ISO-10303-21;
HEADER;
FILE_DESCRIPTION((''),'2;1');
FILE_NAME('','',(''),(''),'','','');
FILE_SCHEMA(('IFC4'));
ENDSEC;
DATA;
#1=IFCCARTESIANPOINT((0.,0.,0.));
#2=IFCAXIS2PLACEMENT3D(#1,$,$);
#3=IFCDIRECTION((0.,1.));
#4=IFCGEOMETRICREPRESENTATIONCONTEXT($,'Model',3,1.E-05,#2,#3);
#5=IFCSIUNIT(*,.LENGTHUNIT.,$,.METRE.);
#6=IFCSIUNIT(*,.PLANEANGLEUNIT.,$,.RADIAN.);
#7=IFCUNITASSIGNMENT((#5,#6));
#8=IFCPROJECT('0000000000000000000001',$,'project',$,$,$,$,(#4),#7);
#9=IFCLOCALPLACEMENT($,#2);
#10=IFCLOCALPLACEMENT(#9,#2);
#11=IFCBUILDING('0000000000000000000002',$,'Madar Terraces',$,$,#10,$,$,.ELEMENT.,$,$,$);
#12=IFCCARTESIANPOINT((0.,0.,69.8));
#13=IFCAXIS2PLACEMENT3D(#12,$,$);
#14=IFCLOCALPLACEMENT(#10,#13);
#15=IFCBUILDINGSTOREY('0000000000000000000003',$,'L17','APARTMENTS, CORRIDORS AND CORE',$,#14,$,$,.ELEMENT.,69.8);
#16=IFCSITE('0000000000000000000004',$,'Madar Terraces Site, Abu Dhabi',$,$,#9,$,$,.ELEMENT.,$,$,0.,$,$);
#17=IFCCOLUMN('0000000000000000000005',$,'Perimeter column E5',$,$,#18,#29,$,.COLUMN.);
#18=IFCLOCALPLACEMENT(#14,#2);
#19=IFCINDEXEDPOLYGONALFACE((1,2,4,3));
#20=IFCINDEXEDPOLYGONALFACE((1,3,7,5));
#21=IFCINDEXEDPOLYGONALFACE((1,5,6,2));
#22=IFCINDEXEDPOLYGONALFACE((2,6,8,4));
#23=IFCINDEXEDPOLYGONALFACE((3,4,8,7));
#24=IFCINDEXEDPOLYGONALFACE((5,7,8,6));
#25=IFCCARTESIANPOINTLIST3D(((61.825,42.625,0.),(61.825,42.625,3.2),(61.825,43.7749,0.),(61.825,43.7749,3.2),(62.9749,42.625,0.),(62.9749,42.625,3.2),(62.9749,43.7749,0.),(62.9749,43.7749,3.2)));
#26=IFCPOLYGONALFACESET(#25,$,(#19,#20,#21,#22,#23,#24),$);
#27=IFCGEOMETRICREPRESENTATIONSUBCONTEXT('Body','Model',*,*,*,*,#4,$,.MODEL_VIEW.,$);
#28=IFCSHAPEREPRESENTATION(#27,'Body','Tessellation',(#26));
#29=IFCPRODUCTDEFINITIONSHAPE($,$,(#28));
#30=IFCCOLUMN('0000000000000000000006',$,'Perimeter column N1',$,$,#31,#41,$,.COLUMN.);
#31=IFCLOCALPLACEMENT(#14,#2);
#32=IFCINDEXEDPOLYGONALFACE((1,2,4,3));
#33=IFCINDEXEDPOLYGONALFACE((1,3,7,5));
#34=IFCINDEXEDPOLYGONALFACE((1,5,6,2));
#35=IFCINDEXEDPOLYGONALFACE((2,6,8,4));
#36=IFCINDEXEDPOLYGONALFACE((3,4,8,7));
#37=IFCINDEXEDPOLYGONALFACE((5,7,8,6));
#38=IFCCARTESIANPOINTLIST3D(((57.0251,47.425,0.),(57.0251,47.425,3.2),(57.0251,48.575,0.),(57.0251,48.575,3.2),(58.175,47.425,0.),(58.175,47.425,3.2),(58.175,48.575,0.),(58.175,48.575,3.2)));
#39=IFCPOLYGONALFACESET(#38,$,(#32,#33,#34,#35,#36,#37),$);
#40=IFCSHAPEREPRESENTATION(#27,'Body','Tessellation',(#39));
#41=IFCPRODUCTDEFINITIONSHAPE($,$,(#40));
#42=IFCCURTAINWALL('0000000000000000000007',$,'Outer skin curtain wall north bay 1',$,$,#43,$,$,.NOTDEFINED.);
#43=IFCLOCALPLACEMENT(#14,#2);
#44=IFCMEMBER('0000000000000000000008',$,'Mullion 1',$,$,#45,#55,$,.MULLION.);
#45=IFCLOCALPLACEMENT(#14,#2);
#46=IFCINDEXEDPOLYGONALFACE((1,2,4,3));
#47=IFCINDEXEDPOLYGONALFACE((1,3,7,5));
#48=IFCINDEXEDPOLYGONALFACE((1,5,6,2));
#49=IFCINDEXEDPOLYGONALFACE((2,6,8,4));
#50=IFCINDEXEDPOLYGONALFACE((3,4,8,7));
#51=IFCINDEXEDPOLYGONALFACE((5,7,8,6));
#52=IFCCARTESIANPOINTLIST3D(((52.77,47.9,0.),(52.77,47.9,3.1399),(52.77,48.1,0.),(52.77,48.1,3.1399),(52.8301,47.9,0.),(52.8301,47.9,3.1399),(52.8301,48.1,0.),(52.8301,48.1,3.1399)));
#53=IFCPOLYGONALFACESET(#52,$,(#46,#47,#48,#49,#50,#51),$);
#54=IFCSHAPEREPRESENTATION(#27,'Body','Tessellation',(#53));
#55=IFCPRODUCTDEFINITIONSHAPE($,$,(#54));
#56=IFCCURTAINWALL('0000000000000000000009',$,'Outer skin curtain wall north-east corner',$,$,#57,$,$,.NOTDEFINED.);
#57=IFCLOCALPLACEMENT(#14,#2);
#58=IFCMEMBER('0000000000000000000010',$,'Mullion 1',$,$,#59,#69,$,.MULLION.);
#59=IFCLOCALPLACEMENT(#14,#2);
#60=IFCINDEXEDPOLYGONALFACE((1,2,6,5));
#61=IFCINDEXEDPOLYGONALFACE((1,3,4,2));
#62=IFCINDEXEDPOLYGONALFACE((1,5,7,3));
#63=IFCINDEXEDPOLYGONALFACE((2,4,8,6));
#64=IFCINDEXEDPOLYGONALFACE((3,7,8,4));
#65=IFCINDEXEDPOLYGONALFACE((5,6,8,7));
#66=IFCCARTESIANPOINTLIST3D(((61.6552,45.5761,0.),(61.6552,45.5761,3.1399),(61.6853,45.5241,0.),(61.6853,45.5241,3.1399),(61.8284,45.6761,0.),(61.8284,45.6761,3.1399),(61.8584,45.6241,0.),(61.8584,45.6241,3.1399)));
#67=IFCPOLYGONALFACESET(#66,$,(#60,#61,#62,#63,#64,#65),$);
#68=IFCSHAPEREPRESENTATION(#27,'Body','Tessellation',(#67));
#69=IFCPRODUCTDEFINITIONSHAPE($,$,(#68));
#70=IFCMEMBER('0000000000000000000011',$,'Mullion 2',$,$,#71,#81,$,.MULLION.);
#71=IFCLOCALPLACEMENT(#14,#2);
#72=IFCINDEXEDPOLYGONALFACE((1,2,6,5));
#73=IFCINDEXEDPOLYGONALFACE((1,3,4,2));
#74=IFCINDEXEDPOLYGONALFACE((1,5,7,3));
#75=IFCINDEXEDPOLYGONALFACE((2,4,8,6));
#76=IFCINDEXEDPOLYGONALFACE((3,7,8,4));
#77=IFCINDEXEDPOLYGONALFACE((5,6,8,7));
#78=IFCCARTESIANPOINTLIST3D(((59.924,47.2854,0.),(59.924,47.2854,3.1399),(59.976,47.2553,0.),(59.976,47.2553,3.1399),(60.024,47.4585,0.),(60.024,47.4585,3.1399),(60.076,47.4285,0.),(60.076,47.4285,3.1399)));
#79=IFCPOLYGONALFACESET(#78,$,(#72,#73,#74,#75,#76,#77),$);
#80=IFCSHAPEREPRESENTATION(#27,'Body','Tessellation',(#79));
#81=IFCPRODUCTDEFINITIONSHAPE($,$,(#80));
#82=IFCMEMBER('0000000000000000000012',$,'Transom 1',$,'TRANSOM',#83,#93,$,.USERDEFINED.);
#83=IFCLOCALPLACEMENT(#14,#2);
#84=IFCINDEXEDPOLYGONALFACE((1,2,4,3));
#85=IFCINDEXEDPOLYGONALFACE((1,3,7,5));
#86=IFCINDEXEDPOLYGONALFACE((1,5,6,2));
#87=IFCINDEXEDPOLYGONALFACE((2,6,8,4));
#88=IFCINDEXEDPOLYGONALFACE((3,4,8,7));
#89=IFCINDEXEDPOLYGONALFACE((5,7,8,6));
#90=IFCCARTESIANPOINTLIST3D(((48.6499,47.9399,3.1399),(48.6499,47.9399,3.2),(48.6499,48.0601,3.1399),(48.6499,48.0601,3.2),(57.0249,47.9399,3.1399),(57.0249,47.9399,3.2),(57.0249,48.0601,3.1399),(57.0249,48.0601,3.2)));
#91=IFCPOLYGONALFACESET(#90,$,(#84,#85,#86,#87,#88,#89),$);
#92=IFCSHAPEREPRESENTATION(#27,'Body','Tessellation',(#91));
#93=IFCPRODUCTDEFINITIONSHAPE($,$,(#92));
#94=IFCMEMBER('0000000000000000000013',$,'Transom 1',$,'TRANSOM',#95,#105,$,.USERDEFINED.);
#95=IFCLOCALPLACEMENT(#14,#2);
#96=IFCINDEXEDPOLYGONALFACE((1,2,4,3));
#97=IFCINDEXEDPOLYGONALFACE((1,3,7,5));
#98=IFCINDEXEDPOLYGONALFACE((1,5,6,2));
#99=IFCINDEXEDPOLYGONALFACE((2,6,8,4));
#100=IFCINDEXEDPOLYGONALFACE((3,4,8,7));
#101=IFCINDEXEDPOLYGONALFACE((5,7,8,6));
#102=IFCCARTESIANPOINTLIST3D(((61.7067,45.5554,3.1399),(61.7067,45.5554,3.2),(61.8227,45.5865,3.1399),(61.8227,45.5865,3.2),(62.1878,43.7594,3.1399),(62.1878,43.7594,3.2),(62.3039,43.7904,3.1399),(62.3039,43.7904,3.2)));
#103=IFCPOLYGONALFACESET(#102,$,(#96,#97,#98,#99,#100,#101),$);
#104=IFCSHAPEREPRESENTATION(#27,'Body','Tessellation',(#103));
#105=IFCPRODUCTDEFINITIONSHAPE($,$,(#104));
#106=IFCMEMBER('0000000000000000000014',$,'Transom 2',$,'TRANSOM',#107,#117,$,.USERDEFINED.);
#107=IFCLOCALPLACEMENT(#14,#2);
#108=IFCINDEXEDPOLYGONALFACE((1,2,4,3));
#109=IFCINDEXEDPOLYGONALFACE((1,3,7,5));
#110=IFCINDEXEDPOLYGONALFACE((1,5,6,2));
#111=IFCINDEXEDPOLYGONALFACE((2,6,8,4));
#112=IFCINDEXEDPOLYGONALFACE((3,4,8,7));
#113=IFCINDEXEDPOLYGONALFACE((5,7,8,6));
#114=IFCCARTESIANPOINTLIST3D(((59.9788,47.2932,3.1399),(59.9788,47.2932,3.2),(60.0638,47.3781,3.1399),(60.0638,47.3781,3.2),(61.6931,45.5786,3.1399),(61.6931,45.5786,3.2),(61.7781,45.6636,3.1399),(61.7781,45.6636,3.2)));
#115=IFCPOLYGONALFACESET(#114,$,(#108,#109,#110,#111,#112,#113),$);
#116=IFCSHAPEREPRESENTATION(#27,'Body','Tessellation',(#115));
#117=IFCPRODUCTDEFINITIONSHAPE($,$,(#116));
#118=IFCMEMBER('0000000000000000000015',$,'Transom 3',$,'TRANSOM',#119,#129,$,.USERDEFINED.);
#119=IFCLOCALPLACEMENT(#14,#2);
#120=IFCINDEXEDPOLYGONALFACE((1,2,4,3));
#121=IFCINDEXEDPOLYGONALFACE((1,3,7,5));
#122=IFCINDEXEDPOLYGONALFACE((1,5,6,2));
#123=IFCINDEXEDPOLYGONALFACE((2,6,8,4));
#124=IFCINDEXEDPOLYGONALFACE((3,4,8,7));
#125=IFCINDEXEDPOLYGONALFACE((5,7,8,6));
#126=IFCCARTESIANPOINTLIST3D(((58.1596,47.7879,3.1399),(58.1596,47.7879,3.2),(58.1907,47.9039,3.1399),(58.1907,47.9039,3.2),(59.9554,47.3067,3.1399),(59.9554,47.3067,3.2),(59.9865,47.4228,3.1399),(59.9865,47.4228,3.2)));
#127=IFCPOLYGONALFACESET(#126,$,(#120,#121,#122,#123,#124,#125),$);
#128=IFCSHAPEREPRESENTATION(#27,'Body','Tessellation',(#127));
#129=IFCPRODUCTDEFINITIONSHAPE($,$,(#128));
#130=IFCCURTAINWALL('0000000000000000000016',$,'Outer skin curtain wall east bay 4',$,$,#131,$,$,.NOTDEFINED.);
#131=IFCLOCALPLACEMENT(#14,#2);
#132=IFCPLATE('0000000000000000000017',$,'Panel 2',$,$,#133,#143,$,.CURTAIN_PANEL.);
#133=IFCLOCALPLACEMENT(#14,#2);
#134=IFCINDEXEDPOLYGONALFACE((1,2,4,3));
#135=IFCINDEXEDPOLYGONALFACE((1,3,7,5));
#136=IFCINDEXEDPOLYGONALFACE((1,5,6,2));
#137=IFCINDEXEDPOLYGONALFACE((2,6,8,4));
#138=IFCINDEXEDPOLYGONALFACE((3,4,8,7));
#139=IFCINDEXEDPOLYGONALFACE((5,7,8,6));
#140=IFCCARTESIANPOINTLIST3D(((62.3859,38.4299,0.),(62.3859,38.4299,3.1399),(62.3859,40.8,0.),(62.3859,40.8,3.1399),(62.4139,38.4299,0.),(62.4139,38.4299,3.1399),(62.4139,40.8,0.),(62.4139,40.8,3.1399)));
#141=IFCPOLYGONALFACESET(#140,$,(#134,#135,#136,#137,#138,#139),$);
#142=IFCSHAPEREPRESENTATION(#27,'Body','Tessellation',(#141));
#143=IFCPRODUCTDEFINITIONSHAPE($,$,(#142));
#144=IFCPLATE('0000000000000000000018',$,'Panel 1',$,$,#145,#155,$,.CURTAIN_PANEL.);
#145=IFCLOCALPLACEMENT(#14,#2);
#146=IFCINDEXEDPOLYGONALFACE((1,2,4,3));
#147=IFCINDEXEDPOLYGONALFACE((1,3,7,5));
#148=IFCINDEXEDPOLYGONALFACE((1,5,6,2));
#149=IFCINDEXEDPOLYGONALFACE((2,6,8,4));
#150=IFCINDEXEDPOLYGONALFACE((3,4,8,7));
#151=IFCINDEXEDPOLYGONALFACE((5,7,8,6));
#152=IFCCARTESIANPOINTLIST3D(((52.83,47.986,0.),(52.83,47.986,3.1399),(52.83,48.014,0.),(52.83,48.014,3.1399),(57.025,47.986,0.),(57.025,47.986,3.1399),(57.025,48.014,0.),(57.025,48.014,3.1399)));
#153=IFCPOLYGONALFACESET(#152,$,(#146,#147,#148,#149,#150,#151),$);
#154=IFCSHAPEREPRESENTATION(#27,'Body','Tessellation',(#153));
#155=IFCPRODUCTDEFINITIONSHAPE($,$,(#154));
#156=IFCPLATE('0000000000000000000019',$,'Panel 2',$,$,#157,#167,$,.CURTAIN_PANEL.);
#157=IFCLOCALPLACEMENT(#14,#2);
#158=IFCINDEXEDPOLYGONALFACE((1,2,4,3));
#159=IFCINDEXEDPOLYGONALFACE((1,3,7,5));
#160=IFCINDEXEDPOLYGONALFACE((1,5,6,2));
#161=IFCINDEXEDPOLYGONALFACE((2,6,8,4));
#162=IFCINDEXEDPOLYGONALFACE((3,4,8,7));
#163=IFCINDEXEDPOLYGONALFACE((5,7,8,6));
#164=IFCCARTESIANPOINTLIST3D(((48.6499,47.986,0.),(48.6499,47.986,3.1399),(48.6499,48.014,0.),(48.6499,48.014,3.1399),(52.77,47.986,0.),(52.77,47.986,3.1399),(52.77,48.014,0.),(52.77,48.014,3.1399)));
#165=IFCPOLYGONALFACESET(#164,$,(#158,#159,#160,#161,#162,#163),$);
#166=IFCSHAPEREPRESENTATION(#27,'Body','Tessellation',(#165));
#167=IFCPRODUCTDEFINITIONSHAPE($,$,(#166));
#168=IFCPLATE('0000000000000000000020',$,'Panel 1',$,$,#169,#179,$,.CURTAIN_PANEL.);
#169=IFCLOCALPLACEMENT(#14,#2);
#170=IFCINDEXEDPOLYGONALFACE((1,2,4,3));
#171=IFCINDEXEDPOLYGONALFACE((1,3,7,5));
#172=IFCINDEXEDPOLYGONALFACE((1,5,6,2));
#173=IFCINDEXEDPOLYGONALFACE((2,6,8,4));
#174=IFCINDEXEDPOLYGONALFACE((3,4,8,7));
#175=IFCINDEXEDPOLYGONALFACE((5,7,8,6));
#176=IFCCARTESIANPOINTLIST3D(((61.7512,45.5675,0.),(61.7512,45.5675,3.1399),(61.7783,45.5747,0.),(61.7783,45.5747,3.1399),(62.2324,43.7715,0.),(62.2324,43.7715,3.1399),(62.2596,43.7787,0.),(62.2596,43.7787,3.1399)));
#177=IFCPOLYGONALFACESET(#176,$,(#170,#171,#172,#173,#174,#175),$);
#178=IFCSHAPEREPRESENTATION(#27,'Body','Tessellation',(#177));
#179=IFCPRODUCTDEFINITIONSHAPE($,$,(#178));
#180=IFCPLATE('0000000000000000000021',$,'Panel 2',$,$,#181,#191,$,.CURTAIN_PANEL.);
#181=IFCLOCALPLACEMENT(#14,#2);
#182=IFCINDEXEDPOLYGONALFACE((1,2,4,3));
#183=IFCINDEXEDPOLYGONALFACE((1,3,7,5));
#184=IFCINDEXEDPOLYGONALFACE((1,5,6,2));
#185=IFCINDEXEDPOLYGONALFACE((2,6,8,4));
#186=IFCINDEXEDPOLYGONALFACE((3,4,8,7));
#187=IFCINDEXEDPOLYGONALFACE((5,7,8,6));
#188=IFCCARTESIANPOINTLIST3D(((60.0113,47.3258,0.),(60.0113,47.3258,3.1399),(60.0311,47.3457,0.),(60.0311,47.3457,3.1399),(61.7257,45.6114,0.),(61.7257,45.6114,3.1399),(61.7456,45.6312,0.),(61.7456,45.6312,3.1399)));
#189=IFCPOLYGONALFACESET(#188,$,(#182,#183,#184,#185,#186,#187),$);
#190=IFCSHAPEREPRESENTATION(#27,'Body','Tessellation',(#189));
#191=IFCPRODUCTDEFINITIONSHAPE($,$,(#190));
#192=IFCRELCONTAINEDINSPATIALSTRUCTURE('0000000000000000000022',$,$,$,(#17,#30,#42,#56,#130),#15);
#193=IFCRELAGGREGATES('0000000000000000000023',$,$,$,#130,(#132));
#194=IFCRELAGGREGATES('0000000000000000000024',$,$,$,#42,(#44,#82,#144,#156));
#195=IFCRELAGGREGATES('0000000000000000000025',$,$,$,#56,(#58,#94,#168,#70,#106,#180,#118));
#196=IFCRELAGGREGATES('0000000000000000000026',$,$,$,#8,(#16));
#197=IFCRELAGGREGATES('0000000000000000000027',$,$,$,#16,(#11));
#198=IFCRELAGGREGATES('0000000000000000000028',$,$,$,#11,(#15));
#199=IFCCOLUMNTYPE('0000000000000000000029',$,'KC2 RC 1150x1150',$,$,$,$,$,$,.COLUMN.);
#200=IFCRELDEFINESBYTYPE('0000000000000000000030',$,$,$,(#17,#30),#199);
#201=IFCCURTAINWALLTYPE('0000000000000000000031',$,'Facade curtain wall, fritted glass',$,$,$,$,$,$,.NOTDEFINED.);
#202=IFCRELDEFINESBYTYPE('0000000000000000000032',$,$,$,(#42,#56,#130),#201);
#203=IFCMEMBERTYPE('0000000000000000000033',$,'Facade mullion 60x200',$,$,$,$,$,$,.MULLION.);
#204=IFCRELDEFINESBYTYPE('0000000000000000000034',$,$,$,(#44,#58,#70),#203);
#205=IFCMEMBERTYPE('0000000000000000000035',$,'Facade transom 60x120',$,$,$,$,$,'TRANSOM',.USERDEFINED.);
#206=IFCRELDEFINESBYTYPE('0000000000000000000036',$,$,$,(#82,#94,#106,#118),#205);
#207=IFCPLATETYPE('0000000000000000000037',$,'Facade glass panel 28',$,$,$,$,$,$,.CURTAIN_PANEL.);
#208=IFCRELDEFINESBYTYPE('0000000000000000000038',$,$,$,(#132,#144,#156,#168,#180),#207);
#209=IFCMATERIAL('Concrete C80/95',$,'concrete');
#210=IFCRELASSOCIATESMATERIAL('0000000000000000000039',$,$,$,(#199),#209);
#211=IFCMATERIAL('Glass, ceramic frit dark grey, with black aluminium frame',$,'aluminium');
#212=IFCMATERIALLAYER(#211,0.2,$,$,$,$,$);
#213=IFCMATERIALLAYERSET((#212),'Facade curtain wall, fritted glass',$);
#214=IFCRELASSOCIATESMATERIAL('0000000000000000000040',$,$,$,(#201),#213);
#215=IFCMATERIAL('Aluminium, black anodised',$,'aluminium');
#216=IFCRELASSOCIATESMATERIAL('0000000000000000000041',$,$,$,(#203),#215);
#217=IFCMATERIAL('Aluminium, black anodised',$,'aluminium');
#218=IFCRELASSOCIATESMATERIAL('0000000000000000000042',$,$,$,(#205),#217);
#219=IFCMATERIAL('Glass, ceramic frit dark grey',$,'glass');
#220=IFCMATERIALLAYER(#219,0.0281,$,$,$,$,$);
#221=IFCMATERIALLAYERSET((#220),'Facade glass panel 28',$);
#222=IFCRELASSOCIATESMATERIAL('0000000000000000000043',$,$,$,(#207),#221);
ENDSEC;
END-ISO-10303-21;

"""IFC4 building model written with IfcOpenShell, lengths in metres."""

from ifc_helpers import new_model, si_unit, direction, frame, origin, origin_2d, place, context, subcontext, project, spatial, rectangle, extrude, material, layer, layer_set, material_profile, profile_set, type_object, element, aggregate, save


model = new_model("IFC4")

# Units and contexts
model_context = context("Model", 3, precision=1e-05, world=origin(), true_north=direction((0.0, 1.0)))
body_context = subcontext(model_context, "Body", "Model", "MODEL_VIEW")
ifc_project = project(units=[si_unit("LENGTHUNIT", "METRE"), si_unit("PLANEANGLEUNIT", "RADIAN")], contexts=[model_context])

# Site, building, storey
site_placement = place(None, origin())
site = spatial("IfcSite", under=ifc_project, at=site_placement, Name="Madar Terraces Site, Abu Dhabi", CompositionType="ELEMENT", RefElevation=0.0)
building_placement = place(site_placement, origin())
building = spatial("IfcBuilding", under=site, at=building_placement, Name="Madar Terraces", CompositionType="ELEMENT")
storey_placement = place(building_placement, frame((0.0, 0.0, 69.8)))
storey = spatial("IfcBuildingStorey", under=building, at=storey_placement, Name="L17", Description="APARTMENTS, CORRIDORS AND CORE", CompositionType="ELEMENT", Elevation=69.8)

# Columns
ifc_material_1 = material(Name="Concrete C80/95", Category="concrete")
ifc_material_profile_1 = material_profile(ifc_material_1, rectangle(XDim=1.1499, YDim=1.1499, at=origin_2d()), Name="KC2 RC 1150x1150")
ifc_profile_set_1 = profile_set([ifc_material_profile_1], Name="Concrete C80/95")
column_type = type_object("IfcColumnType", Name="KC2 RC 1150x1150", PredefinedType="COLUMN", material=ifc_profile_set_1)
for number, where, z_axis, x_axis, name in (
    (1, (62.3999, 43.2, 0.0), (0.0, 0.0, 1.0), (1.0, 0.0, 0.0), "Perimeter column E5"),
    (2, (57.6001, 48.0, 0.0), (0.0, 0.0, 1.0), (1.0, 0.0, 0.0), "Perimeter column N1"),
):
    element("IfcColumn", number, at=place(storey_placement, frame(where, z_axis=z_axis, x_axis=x_axis)), inside=storey, type_object=column_type, Name=name, PredefinedType="COLUMN", context=body_context, shape_type="SweptSolid", body=[
        extrude(rectangle(XDim=1.1499, YDim=1.1499, at=origin_2d()), origin(), (0.0, 0.0, 1.0), 3.2),
    ])

# Curtain wall, member
ifc_material_2 = material(Name="Glass, ceramic frit dark grey, with black aluminium frame", Category="aluminium")
ifc_layer_1 = layer(ifc_material_2, 0.2)
ifc_layer_set_1 = layer_set([ifc_layer_1], Name="Facade curtain wall, fritted glass")
curtain_wall_type = type_object("IfcCurtainWallType", Name="Facade curtain wall, fritted glass", PredefinedType="NOTDEFINED", material=ifc_layer_set_1)
curtain_wall_1_placement = place(storey_placement, origin())
curtain_wall_1 = element("IfcCurtainWall", 3, at=curtain_wall_1_placement, inside=storey, type_object=curtain_wall_type, Name="Outer skin curtain wall north bay 1", PredefinedType="NOTDEFINED")
ifc_material_3 = material(Name="Aluminium, black anodised", Category="aluminium")
ifc_material_profile_2 = material_profile(ifc_material_3, rectangle(XDim=0.2, YDim=0.0601, at=origin_2d()), Name="Facade mullion 60x200")
ifc_profile_set_2 = profile_set([ifc_material_profile_2], Name="Aluminium, black anodised")
member_type_1 = type_object("IfcMemberType", Name="Facade mullion 60x200", PredefinedType="MULLION", material=ifc_profile_set_2)
member_1_placement = place(storey_placement, frame((52.8, 48.0, 0.0), z_axis=(0.0, 0.0, 1.0), x_axis=(0.0, -1.0, 0.0)))
member_1 = element("IfcMember", 4, at=member_1_placement, type_object=member_type_1, Name="Mullion 1", PredefinedType="MULLION", context=body_context, shape_type="SweptSolid", body=[
    extrude(rectangle(XDim=0.2, YDim=0.0601, at=origin_2d()), origin(), (0.0, 0.0, 1.0), 3.1399),
])

# Curtain wall, members
curtain_wall_2_placement = place(storey_placement, origin())
curtain_wall_2 = element("IfcCurtainWall", 5, at=curtain_wall_2_placement, inside=storey, type_object=curtain_wall_type, Name="Outer skin curtain wall north-east corner", PredefinedType="NOTDEFINED")
member_2_placement = place(storey_placement, frame((61.7568, 45.6001, 0.0), z_axis=(0.0, 0.0, 1.0), x_axis=(-0.866025, -0.5, 0.0)))
member_2 = element("IfcMember", 6, at=member_2_placement, type_object=member_type_1, Name="Mullion 1", PredefinedType="MULLION", context=body_context, shape_type="SweptSolid", body=[
    extrude(rectangle(XDim=0.2, YDim=0.0601, at=origin_2d()), origin(), (0.0, 0.0, 1.0), 3.1399),
])
member_3_placement = place(storey_placement, frame((60.0, 47.3569, 0.0), z_axis=(0.0, 0.0, 1.0), x_axis=(-0.5, -0.866025, 0.0)))
member_3 = element("IfcMember", 7, at=member_3_placement, type_object=member_type_1, Name="Mullion 2", PredefinedType="MULLION", context=body_context, shape_type="SweptSolid", body=[
    extrude(rectangle(XDim=0.2, YDim=0.0601, at=origin_2d()), origin(), (0.0, 0.0, 1.0), 3.1399),
])

# Members
ifc_material_4 = material(Name="Aluminium, black anodised", Category="aluminium")
ifc_material_profile_3 = material_profile(ifc_material_4, rectangle(XDim=0.1201, YDim=0.0601, at=origin_2d()), Name="Facade transom 60x120")
ifc_profile_set_3 = profile_set([ifc_material_profile_3], Name="Aluminium, black anodised")
member_type_2 = type_object("IfcMemberType", Name="Facade transom 60x120", ElementType="TRANSOM", PredefinedType="USERDEFINED", material=ifc_profile_set_3)
member_4_placement = place(storey_placement, frame((57.0249, 48.0, 3.1699), z_axis=(-1.0, 0.0, 0.0), x_axis=(0.0, -1.0, 0.0)))
member_4 = element("IfcMember", 8, at=member_4_placement, type_object=member_type_2, Name="Transom 1", ObjectType="TRANSOM", PredefinedType="USERDEFINED", context=body_context, shape_type="SweptSolid", body=[
    extrude(rectangle(XDim=0.1201, YDim=0.0601, at=origin_2d()), origin(), (0.0, 0.0, 1.0), 8.375),
])
member_5_placement = place(storey_placement, frame((62.2458, 43.7749, 3.1699), z_axis=(-0.258782, 0.965936, 0.0), x_axis=(-0.965936, -0.258782, 0.0)))
member_5 = element("IfcMember", 9, at=member_5_placement, type_object=member_type_2, Name="Transom 1", ObjectType="TRANSOM", PredefinedType="USERDEFINED", context=body_context, shape_type="SweptSolid", body=[
    extrude(rectangle(XDim=0.1201, YDim=0.0601, at=origin_2d()), origin(), (0.0, 0.0, 1.0), 1.8594),
])
member_6_placement = place(storey_placement, frame((61.7356, 45.6211, 3.1699), z_axis=(-0.707056, 0.707157, 0.0), x_axis=(-0.707157, -0.707056, 0.0)))
member_6 = element("IfcMember", 10, at=member_6_placement, type_object=member_type_2, Name="Transom 2", ObjectType="TRANSOM", PredefinedType="USERDEFINED", context=body_context, shape_type="SweptSolid", body=[
    extrude(rectangle(XDim=0.1201, YDim=0.0601, at=origin_2d()), origin(), (0.0, 0.0, 1.0), 2.4246),
])
member_7_placement = place(storey_placement, frame((59.9709, 47.3647, 3.1699), z_axis=(-0.965927, 0.258815, 0.0), x_axis=(-0.258815, -0.965927, 0.0)))
member_7 = element("IfcMember", 11, at=member_7_placement, type_object=member_type_2, Name="Transom 3", ObjectType="TRANSOM", PredefinedType="USERDEFINED", context=body_context, shape_type="SweptSolid", body=[
    extrude(rectangle(XDim=0.1201, YDim=0.0601, at=origin_2d()), origin(), (0.0, 0.0, 1.0), 1.8591),
])

# Curtain wall, plate
curtain_wall_3_placement = place(storey_placement, origin())
curtain_wall_3 = element("IfcCurtainWall", 12, at=curtain_wall_3_placement, inside=storey, type_object=curtain_wall_type, Name="Outer skin curtain wall east bay 4", PredefinedType="NOTDEFINED")
ifc_material_5 = material(Name="Glass, ceramic frit dark grey", Category="glass")
ifc_layer_2 = layer(ifc_material_5, 0.0281)
ifc_layer_set_2 = layer_set([ifc_layer_2], Name="Facade glass panel 28")
plate_type = type_object("IfcPlateType", Name="Facade glass panel 28", PredefinedType="CURTAIN_PANEL", material=ifc_layer_set_2)
plate_1_placement = place(storey_placement, frame((62.3999, 39.615, 0.0), z_axis=(0.0, 0.0, 1.0), x_axis=(0.0, 1.0, 0.0)))
plate_1 = element("IfcPlate", 13, at=plate_1_placement, type_object=plate_type, Name="Panel 2", PredefinedType="CURTAIN_PANEL", context=body_context, shape_type="SweptSolid", body=[
    extrude(rectangle(XDim=2.3701, YDim=0.0281, at=origin_2d()), origin(), (0.0, 0.0, 1.0), 3.1399),
])
aggregate(curtain_wall_3, [plate_1])

# Plates
plate_2_placement = place(storey_placement, frame((54.9275, 48.0, 0.0), z_axis=(0.0, 0.0, 1.0), x_axis=(-1.0, 0.0, 0.0)))
plate_2 = element("IfcPlate", 14, at=plate_2_placement, type_object=plate_type, Name="Panel 1", PredefinedType="CURTAIN_PANEL", context=body_context, shape_type="SweptSolid", body=[
    extrude(rectangle(XDim=4.1951, YDim=0.0281, at=origin_2d()), origin(), (0.0, 0.0, 1.0), 3.1399),
])
plate_3_placement = place(storey_placement, frame((50.71, 48.0, 0.0), z_axis=(0.0, 0.0, 1.0), x_axis=(-1.0, 0.0, 0.0)))
plate_3 = element("IfcPlate", 15, at=plate_3_placement, type_object=plate_type, Name="Panel 2", PredefinedType="CURTAIN_PANEL", context=body_context, shape_type="SweptSolid", body=[
    extrude(rectangle(XDim=4.1201, YDim=0.0281, at=origin_2d()), origin(), (0.0, 0.0, 1.0), 3.1399),
])
aggregate(curtain_wall_1, [member_1, member_4, plate_2, plate_3])
plate_4_placement = place(storey_placement, frame((62.0054, 44.6731, 0.0), z_axis=(0.0, 0.0, 1.0), x_axis=(-0.258819, 0.965926, 0.0)))
plate_4 = element("IfcPlate", 16, at=plate_4_placement, type_object=plate_type, Name="Panel 1", PredefinedType="CURTAIN_PANEL", context=body_context, shape_type="SweptSolid", body=[
    extrude(rectangle(XDim=1.8594, YDim=0.0281, at=origin_2d()), origin(), (0.0, 0.0, 1.0), 3.1399),
])
plate_5_placement = place(storey_placement, frame((60.8784, 46.4785, 0.0), z_axis=(0.0, 0.0, 1.0), x_axis=(-0.707107, 0.707107, 0.0)))
plate_5 = element("IfcPlate", 17, at=plate_5_placement, type_object=plate_type, Name="Panel 2", PredefinedType="CURTAIN_PANEL", context=body_context, shape_type="SweptSolid", body=[
    extrude(rectangle(XDim=2.4246, YDim=0.0281, at=origin_2d()), origin(), (0.0, 0.0, 1.0), 3.1399),
])
aggregate(curtain_wall_2, [member_2, member_5, plate_4, member_3, member_6, plate_5, member_7])

save(model, "model.ifc")
